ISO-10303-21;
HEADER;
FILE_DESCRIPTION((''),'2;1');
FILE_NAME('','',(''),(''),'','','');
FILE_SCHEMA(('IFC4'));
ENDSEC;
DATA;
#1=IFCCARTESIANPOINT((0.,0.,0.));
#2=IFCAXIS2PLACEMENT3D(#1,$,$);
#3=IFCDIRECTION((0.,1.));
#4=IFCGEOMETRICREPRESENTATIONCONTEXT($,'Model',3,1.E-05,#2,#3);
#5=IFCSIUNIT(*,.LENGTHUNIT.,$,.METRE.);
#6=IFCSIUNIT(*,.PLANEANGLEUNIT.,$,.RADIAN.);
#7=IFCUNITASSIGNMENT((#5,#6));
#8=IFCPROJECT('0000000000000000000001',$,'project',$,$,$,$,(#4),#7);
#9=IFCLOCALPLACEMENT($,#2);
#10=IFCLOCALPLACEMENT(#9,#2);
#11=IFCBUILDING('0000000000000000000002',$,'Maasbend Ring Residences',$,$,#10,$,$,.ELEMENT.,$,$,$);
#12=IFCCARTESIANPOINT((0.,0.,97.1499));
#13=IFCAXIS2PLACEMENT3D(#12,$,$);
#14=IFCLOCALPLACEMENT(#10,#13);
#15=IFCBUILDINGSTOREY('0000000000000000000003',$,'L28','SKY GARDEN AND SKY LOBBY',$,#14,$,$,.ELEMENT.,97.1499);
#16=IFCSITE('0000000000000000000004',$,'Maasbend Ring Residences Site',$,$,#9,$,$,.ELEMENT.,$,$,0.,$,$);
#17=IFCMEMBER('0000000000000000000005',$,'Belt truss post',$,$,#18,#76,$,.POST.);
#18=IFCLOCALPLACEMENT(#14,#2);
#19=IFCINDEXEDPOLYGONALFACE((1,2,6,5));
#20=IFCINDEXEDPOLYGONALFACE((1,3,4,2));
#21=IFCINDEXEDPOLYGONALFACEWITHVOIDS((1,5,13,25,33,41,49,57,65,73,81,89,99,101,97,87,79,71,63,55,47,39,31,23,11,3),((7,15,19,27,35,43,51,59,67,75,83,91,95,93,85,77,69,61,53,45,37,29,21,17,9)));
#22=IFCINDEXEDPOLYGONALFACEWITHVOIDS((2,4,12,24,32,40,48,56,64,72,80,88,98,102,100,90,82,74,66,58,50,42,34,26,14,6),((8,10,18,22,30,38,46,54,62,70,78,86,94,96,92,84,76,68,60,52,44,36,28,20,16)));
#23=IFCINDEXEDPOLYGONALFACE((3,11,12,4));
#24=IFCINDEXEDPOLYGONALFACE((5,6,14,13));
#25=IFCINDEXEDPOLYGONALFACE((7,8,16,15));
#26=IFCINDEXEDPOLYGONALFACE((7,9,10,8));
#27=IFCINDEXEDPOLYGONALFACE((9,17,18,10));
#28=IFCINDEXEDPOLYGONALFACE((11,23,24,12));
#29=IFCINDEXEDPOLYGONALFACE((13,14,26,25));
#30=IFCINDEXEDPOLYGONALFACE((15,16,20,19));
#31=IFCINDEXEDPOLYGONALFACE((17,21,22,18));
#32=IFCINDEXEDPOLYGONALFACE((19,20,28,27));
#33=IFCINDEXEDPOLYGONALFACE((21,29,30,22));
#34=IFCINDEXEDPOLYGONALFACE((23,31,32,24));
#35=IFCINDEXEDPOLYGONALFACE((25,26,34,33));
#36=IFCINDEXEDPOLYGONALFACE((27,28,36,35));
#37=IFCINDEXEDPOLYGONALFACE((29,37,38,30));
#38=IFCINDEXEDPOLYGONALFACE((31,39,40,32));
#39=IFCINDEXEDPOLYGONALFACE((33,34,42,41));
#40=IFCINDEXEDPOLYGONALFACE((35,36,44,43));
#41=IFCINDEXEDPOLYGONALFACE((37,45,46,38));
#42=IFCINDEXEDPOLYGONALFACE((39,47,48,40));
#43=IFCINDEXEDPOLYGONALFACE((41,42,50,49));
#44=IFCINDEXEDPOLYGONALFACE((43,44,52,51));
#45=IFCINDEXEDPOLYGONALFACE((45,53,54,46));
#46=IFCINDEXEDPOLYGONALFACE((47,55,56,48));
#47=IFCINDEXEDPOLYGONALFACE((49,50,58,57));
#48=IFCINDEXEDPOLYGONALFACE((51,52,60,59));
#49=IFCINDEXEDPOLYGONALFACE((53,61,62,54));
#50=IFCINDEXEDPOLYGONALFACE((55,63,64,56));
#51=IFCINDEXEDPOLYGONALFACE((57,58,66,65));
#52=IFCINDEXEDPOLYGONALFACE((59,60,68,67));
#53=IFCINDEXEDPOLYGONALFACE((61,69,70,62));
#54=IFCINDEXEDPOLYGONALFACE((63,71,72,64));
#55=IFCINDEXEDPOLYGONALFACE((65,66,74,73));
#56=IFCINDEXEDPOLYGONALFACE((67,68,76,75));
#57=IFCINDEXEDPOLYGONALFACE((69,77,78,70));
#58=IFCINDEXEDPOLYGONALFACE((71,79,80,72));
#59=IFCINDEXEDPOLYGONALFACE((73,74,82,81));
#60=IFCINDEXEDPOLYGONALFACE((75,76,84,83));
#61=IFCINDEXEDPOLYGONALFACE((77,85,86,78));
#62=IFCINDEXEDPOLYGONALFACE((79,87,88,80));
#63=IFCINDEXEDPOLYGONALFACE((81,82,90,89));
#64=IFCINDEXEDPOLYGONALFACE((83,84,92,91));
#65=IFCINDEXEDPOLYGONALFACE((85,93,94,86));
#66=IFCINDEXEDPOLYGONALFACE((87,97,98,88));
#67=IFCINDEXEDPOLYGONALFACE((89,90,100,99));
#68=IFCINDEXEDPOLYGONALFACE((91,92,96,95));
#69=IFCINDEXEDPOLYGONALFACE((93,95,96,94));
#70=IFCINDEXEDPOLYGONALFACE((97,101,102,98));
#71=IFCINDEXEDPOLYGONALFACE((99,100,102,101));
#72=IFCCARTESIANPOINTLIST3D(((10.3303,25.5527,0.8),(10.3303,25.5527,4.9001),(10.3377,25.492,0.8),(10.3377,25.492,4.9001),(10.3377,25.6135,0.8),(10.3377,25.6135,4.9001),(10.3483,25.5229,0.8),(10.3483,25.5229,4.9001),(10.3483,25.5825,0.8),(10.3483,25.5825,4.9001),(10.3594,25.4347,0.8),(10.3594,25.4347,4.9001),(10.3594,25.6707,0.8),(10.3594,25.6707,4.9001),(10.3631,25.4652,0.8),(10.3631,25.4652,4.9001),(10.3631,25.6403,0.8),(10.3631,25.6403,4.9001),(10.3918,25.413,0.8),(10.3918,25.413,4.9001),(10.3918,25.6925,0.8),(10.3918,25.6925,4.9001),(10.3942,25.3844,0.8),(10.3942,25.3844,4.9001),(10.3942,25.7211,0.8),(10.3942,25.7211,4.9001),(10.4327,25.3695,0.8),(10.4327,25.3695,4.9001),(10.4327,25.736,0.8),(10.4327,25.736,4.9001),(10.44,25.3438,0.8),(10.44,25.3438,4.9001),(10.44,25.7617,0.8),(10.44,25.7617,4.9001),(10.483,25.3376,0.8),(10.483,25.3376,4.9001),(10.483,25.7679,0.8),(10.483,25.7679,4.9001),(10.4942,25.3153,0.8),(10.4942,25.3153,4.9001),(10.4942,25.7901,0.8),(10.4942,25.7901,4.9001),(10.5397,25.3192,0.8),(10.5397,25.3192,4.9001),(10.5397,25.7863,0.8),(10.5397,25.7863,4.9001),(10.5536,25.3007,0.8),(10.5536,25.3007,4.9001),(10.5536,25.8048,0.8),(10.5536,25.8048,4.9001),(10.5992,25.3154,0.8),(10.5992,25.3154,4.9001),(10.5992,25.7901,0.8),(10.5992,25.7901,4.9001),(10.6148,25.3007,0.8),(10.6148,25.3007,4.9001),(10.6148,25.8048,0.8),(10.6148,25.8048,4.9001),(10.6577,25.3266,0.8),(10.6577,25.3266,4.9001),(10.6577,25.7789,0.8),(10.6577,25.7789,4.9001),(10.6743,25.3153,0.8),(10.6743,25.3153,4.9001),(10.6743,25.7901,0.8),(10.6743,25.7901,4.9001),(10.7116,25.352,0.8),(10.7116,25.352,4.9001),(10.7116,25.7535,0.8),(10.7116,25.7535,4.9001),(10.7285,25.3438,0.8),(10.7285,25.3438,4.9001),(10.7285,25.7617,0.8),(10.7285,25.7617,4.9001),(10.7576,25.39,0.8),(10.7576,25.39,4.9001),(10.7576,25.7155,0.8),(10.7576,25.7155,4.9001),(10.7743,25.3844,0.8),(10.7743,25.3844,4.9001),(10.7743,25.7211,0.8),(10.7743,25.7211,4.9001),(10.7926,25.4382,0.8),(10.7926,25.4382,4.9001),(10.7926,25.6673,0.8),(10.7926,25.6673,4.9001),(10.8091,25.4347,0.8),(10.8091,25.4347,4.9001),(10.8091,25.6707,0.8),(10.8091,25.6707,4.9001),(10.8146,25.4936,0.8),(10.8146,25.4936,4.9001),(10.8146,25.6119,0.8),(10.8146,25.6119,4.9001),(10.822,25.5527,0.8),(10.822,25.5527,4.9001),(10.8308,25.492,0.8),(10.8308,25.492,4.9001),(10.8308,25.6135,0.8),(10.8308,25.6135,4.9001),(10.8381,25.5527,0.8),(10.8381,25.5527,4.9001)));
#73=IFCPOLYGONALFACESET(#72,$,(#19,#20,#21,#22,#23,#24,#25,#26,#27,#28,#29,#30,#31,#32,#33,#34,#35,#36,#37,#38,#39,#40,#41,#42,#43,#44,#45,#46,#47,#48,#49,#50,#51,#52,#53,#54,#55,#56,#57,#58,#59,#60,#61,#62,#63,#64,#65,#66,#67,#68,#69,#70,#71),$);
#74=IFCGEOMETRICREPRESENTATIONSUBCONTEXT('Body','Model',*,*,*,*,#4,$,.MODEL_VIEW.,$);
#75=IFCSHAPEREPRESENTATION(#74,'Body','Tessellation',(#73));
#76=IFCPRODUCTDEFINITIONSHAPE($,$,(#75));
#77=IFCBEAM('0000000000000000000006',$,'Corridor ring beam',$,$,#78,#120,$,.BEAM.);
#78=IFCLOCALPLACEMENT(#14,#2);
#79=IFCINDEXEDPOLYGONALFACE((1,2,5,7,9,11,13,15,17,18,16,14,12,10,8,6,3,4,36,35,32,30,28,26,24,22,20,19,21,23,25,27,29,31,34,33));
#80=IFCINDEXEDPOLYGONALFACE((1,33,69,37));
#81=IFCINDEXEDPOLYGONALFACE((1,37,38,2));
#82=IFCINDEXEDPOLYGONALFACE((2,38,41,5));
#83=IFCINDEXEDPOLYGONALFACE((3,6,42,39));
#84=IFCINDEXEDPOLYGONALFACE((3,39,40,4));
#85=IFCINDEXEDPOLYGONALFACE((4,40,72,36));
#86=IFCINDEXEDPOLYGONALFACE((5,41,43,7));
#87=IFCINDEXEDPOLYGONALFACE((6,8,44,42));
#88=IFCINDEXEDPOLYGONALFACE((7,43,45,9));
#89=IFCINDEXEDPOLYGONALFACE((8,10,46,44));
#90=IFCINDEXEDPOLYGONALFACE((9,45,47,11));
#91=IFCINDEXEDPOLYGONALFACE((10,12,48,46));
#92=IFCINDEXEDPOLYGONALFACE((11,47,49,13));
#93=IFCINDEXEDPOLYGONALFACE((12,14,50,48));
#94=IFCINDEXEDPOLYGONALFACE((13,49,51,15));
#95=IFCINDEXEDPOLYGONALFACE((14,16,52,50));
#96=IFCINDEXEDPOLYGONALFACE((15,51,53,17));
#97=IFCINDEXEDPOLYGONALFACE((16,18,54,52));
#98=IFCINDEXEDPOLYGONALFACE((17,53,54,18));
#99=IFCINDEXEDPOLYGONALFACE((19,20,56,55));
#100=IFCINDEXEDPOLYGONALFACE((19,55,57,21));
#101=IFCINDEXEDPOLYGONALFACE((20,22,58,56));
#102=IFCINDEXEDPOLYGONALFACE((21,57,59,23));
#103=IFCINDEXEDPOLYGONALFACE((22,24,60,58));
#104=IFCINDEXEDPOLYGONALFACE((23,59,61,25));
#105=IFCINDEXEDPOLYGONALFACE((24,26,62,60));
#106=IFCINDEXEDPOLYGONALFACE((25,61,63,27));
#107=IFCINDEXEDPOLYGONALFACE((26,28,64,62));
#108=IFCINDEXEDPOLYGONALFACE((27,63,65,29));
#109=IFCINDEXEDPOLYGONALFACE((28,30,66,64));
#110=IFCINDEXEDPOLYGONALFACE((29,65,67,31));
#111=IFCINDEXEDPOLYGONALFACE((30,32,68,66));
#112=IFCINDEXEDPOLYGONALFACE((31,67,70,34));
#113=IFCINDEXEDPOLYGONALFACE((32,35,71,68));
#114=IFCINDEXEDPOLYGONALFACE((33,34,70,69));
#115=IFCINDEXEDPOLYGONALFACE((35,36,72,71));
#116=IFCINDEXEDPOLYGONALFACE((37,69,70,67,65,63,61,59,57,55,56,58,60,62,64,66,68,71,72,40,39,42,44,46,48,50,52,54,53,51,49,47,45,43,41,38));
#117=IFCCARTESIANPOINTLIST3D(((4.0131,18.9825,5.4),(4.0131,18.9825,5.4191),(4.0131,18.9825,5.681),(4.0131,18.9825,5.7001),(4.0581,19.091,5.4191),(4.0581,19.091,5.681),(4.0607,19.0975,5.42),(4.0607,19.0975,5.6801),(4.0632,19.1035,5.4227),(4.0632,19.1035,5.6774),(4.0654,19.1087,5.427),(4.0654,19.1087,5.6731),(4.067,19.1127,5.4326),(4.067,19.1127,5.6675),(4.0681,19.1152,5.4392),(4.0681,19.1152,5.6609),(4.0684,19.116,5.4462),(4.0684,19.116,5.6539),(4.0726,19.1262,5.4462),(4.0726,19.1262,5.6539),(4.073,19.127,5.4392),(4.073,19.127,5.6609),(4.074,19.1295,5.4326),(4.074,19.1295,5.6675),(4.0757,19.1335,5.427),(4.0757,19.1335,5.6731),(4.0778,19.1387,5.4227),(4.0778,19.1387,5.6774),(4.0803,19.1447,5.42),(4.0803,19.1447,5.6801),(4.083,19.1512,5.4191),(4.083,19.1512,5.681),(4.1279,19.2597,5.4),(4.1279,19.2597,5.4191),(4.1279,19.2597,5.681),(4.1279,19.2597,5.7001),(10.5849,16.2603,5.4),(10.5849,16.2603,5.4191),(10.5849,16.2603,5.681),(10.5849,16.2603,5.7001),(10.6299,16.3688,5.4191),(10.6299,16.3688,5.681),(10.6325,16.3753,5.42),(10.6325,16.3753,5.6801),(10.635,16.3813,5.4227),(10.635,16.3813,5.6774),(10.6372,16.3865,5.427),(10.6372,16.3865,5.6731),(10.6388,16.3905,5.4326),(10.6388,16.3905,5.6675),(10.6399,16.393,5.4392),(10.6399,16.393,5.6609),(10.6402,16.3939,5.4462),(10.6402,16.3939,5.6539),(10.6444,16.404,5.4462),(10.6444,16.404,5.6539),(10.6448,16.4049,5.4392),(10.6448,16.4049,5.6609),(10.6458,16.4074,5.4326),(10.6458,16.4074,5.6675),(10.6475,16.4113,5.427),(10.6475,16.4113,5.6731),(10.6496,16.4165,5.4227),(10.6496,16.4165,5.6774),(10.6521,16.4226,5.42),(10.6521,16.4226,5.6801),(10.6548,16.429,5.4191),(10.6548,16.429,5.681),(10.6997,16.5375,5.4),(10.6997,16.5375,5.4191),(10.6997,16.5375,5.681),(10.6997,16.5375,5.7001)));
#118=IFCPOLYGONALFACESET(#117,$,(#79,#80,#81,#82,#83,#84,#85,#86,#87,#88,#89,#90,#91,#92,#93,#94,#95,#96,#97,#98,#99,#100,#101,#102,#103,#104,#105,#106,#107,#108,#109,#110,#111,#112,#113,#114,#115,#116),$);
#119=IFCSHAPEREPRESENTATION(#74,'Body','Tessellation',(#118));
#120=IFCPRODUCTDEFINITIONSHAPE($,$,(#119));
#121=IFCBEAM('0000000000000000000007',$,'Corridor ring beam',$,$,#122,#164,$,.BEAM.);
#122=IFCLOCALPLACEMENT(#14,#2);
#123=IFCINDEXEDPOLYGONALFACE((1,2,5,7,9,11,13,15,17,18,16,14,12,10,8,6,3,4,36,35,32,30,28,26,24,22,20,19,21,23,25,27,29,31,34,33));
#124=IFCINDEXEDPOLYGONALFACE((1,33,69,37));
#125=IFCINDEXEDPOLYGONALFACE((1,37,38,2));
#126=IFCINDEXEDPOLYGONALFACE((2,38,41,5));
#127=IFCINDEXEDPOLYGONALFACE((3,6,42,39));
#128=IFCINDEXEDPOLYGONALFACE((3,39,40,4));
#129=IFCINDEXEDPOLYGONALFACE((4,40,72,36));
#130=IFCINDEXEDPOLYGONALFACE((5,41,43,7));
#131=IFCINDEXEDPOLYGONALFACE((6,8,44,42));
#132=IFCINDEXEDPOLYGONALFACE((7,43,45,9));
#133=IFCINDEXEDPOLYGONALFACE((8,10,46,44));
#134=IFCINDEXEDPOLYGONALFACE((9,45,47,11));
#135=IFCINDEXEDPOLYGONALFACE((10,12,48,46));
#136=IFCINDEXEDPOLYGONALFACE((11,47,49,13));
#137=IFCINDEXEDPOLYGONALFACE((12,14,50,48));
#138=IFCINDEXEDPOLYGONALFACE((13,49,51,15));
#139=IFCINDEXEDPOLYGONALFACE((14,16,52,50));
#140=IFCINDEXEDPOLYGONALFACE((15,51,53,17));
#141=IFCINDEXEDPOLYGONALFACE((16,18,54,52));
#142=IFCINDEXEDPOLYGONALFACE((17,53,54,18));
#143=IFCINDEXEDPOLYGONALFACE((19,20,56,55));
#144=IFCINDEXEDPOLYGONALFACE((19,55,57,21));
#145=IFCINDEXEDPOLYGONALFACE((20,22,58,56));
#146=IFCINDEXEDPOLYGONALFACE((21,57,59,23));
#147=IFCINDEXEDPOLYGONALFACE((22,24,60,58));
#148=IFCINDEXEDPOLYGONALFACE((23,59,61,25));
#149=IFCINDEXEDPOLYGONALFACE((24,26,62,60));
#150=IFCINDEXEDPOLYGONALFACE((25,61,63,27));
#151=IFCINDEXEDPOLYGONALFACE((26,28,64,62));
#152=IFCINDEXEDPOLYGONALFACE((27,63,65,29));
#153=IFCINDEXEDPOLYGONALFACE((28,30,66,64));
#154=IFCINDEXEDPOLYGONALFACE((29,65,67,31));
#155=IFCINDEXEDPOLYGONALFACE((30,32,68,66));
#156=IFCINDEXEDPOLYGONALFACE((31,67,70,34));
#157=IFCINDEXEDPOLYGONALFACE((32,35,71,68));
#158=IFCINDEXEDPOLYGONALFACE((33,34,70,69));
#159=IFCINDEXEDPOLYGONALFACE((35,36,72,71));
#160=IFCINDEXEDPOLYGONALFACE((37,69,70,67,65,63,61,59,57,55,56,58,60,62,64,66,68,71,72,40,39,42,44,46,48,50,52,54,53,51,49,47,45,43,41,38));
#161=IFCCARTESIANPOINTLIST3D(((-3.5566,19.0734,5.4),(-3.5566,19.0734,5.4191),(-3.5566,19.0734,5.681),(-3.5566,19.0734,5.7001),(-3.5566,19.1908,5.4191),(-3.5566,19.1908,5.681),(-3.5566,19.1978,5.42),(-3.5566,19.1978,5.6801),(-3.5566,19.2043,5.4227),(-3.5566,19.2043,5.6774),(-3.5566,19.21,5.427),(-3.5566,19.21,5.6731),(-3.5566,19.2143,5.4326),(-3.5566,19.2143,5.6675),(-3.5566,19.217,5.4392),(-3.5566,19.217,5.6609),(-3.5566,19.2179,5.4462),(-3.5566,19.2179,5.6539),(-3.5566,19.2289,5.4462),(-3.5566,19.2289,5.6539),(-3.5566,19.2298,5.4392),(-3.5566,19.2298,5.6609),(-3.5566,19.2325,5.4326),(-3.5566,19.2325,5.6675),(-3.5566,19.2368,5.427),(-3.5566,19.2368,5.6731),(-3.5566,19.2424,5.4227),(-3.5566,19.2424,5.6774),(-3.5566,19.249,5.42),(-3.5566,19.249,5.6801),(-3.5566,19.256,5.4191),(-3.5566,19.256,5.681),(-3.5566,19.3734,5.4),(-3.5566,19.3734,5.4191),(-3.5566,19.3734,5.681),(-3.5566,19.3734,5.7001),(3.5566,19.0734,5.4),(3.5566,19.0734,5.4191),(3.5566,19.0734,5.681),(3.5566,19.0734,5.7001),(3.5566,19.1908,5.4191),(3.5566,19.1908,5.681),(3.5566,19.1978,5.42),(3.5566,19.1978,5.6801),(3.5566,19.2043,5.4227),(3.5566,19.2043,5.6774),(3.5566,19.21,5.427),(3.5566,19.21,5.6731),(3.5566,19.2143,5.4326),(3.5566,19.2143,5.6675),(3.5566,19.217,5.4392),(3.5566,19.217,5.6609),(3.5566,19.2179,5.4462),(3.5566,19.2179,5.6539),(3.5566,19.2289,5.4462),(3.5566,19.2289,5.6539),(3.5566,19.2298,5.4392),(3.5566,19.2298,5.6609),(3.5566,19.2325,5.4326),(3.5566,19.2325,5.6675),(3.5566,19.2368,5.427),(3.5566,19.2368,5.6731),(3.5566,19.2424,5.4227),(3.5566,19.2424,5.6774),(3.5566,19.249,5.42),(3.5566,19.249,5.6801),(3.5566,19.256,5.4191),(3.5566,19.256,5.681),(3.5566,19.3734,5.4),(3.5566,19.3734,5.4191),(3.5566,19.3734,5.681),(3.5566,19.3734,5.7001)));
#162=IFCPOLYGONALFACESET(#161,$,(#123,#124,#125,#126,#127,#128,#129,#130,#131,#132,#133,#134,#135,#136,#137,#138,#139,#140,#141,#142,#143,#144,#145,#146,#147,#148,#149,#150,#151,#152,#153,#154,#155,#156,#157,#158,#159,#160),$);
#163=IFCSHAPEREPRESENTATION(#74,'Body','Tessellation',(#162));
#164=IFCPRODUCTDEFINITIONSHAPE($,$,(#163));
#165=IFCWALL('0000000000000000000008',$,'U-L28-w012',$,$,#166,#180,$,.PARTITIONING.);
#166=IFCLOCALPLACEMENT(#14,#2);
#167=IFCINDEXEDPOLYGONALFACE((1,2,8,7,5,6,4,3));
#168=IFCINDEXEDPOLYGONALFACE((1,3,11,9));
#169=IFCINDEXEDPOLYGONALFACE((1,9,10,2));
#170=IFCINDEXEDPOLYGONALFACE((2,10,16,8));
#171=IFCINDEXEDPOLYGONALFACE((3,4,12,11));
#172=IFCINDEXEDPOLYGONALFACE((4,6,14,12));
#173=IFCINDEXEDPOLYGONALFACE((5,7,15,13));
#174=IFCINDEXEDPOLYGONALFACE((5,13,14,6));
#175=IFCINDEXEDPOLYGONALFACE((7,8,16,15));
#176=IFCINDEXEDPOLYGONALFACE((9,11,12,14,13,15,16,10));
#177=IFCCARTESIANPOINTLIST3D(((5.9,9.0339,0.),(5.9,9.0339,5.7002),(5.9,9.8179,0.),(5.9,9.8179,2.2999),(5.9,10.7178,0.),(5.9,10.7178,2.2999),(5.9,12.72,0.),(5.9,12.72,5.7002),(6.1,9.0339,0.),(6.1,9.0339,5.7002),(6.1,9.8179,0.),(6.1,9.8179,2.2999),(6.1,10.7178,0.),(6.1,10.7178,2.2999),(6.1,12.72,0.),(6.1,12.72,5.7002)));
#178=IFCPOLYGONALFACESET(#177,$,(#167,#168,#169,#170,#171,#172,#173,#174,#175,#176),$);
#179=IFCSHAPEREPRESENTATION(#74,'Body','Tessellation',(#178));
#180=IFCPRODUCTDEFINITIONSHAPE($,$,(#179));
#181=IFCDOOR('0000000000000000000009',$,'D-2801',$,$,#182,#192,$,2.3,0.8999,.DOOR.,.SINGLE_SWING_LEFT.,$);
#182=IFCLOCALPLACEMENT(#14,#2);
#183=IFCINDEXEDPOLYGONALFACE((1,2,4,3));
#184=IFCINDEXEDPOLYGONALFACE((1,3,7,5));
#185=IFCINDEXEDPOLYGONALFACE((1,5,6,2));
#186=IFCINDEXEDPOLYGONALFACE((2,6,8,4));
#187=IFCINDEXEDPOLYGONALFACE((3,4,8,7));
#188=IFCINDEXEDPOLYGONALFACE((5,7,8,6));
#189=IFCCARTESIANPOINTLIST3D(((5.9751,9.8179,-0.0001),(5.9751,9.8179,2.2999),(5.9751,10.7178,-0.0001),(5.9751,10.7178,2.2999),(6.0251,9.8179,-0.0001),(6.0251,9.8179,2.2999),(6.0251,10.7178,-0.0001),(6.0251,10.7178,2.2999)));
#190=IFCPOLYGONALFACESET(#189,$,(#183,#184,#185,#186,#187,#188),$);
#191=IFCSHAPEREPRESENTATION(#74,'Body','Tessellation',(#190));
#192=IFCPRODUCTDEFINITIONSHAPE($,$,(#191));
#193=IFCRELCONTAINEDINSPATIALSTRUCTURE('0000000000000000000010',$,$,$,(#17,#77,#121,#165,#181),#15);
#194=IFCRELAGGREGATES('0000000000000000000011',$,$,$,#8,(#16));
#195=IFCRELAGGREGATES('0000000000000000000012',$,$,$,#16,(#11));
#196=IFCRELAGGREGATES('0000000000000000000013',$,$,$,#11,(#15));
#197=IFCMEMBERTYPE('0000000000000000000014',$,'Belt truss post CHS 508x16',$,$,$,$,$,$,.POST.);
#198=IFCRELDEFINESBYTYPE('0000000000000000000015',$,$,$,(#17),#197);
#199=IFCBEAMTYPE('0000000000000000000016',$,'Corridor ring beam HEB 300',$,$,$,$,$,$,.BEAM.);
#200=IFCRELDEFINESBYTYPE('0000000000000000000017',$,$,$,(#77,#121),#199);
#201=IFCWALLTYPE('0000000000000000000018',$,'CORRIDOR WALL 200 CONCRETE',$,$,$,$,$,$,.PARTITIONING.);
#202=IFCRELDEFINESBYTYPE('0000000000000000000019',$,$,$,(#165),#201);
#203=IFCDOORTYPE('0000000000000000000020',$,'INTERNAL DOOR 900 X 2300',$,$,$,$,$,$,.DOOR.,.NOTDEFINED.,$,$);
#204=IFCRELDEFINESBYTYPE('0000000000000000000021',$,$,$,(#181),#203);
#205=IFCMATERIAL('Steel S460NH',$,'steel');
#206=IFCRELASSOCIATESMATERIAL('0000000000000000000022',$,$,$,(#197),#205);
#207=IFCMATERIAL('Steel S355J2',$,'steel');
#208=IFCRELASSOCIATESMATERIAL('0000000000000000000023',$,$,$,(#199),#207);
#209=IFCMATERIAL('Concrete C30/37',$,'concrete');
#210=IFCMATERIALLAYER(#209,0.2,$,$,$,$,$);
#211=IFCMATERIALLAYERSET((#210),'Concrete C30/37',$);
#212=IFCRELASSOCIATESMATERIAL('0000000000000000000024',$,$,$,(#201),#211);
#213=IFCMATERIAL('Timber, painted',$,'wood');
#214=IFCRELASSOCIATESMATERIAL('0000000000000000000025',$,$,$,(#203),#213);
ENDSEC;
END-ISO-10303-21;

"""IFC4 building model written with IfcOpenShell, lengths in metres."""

from ifc_helpers import new_model, si_unit, direction, frame, frame_2d, origin, origin_2d, place, context, subcontext, project, spatial, rectangle, hollow_circle, i_section, extrude, material, layer, layer_set, material_profile, profile_set, type_object, element, fill, save


model = new_model("IFC4")

# Units and contexts
model_context = context("Model", 3, precision=1e-05, world=origin(), true_north=direction((0.0, 1.0)))
body_context = subcontext(model_context, "Body", "Model", "MODEL_VIEW")
ifc_project = project(units=[si_unit("LENGTHUNIT", "METRE"), si_unit("PLANEANGLEUNIT", "RADIAN")], contexts=[model_context])

# Site, building, storey
site_placement = place(None, origin())
site = spatial("IfcSite", under=ifc_project, at=site_placement, Name="Maasbend Ring Residences Site", CompositionType="ELEMENT", RefElevation=0.0)
building_placement = place(site_placement, origin())
building = spatial("IfcBuilding", under=site, at=building_placement, Name="Maasbend Ring Residences", CompositionType="ELEMENT")
storey_placement = place(building_placement, frame((0.0, 0.0, 97.1499)))
storey = spatial("IfcBuildingStorey", under=building, at=storey_placement, Name="L28", Description="SKY GARDEN AND SKY LOBBY", CompositionType="ELEMENT", Elevation=97.1499)

# Member
ifc_material_1 = material(Name="Steel S460NH", Category="steel")
ifc_material_profile_1 = material_profile(ifc_material_1, hollow_circle(Radius=0.2539, WallThickness=0.0161, at=origin_2d()), Name="Belt truss post CHS 508x16")
ifc_profile_set_1 = profile_set([ifc_material_profile_1], Name="Steel S460NH")
member_type_1 = type_object("IfcMemberType", Name="Belt truss post CHS 508x16", PredefinedType="POST", material=ifc_profile_set_1)
member_1_placement = place(storey_placement, frame((10.5842, 25.5527, 0.8), z_axis=(0.0, 0.0, 1.0), x_axis=(1.0, 0.0, 0.0)))
element("IfcMember", 1, at=member_1_placement, inside=storey, type_object=member_type_1, Name="Belt truss post", PredefinedType="POST", context=body_context, shape_type="SweptSolid", body=[
    extrude(hollow_circle(Radius=0.2539, WallThickness=0.0161, at=origin_2d()), origin(), (0.0, 0.0, 1.0), 4.1001),
])

# Beams
ifc_material_2 = material(Name="Steel S355J2", Category="steel")
ifc_material_profile_2 = material_profile(ifc_material_2, i_section(OverallWidth=0.3, OverallDepth=0.3, WebThickness=0.011, FlangeThickness=0.019, FilletRadius=0.0271, at=origin_2d()), Name="HEB 300")
ifc_profile_set_2 = profile_set([ifc_material_profile_2], Name="Steel S355J2")
beam_type_1 = type_object("IfcBeamType", Name="Corridor ring beam HEB 300", PredefinedType="BEAM", material=ifc_profile_set_2)
for number, where, z_axis, x_axis, name in (
    (2, (10.6423, 16.3989, 5.55), (-0.923877, 0.382689, 0.0), (-0.382689, -0.923877, 0.0), "Corridor ring beam"),
    (3, (3.5566, 19.2234, 5.55), (-1.0, 0.0, 0.0), (0.0, -1.0, 0.0), "Corridor ring beam"),
):
    element("IfcBeam", number, at=place(storey_placement, frame(where, z_axis=z_axis, x_axis=x_axis)), inside=storey, type_object=beam_type_1, Name=name, PredefinedType="BEAM", context=body_context, shape_type="SweptSolid", body=[
        extrude(i_section(OverallWidth=0.3, OverallDepth=0.3, WebThickness=0.011, FlangeThickness=0.019, FilletRadius=0.0271, at=origin_2d()), origin(), (0.0, 0.0, 1.0), 7.1133),
    ])

# Wall, opening, door
ifc_material_3 = material(Name="Concrete C30/37", Category="concrete")
ifc_layer_1 = layer(ifc_material_3, 0.2)
ifc_layer_set_1 = layer_set([ifc_layer_1], Name="Concrete C30/37")
wall_type_1 = type_object("IfcWallType", Name="CORRIDOR WALL 200 CONCRETE", PredefinedType="PARTITIONING", material=ifc_layer_set_1)
wall_1_placement = place(storey_placement, frame((6.0, 9.0339, 0.0), z_axis=(0.0, 0.0, 1.0), x_axis=(0.0, 1.0, 0.0)))
wall_1 = element("IfcWall", 4, at=wall_1_placement, inside=storey, type_object=wall_type_1, Name="U-L28-w012", PredefinedType="PARTITIONING", context=body_context, shape_type="SweptSolid", body=[
    extrude(rectangle(XDim=3.686, YDim=0.2, at=frame_2d((1.843, 0.0))), origin(), (0.0, 0.0, 1.0), 5.7002),
])
opening_1_placement = place(wall_1_placement, frame((0.7839, 0.0, 0.0)))
opening_1 = element("IfcOpeningElement", 5, at=opening_1_placement, cuts=wall_1, PredefinedType="OPENING", context=body_context, shape_type="SweptSolid", body=[
    extrude(rectangle(XDim=0.8999, YDim=2.3, at=frame_2d((0.45, 1.1499))), frame((0.0, 0.1099, 0.0), z_axis=(0.0, -1.0, 0.0), x_axis=(1.0, 0.0, 0.0)), (0.0, 0.0, 1.0), 0.22),
])
ifc_material_4 = material(Name="Timber, painted", Category="wood")
door_type_1 = type_object("IfcDoorType", Name="INTERNAL DOOR 900 X 2300", OperationType="NOTDEFINED", PredefinedType="DOOR", material=ifc_material_4)
door_1_placement = place(opening_1_placement, origin())
door_1 = element("IfcDoor", 6, at=door_1_placement, inside=storey, type_object=door_type_1, Name="D-2801", OperationType="SINGLE_SWING_LEFT", OverallHeight=2.3, OverallWidth=0.8999, PredefinedType="DOOR", context=body_context, shape_type="SweptSolid", body=[
    extrude(rectangle(XDim=0.8999, YDim=2.3, at=frame_2d((0.45, 1.1499))), frame((0.0, 0.0249, 0.0), z_axis=(0.0, -1.0, 0.0), x_axis=(1.0, 0.0, 0.0)), (0.0, 0.0, 1.0), 0.05),
])
fill(opening_1, door_1)

save(model, "model.ifc")
